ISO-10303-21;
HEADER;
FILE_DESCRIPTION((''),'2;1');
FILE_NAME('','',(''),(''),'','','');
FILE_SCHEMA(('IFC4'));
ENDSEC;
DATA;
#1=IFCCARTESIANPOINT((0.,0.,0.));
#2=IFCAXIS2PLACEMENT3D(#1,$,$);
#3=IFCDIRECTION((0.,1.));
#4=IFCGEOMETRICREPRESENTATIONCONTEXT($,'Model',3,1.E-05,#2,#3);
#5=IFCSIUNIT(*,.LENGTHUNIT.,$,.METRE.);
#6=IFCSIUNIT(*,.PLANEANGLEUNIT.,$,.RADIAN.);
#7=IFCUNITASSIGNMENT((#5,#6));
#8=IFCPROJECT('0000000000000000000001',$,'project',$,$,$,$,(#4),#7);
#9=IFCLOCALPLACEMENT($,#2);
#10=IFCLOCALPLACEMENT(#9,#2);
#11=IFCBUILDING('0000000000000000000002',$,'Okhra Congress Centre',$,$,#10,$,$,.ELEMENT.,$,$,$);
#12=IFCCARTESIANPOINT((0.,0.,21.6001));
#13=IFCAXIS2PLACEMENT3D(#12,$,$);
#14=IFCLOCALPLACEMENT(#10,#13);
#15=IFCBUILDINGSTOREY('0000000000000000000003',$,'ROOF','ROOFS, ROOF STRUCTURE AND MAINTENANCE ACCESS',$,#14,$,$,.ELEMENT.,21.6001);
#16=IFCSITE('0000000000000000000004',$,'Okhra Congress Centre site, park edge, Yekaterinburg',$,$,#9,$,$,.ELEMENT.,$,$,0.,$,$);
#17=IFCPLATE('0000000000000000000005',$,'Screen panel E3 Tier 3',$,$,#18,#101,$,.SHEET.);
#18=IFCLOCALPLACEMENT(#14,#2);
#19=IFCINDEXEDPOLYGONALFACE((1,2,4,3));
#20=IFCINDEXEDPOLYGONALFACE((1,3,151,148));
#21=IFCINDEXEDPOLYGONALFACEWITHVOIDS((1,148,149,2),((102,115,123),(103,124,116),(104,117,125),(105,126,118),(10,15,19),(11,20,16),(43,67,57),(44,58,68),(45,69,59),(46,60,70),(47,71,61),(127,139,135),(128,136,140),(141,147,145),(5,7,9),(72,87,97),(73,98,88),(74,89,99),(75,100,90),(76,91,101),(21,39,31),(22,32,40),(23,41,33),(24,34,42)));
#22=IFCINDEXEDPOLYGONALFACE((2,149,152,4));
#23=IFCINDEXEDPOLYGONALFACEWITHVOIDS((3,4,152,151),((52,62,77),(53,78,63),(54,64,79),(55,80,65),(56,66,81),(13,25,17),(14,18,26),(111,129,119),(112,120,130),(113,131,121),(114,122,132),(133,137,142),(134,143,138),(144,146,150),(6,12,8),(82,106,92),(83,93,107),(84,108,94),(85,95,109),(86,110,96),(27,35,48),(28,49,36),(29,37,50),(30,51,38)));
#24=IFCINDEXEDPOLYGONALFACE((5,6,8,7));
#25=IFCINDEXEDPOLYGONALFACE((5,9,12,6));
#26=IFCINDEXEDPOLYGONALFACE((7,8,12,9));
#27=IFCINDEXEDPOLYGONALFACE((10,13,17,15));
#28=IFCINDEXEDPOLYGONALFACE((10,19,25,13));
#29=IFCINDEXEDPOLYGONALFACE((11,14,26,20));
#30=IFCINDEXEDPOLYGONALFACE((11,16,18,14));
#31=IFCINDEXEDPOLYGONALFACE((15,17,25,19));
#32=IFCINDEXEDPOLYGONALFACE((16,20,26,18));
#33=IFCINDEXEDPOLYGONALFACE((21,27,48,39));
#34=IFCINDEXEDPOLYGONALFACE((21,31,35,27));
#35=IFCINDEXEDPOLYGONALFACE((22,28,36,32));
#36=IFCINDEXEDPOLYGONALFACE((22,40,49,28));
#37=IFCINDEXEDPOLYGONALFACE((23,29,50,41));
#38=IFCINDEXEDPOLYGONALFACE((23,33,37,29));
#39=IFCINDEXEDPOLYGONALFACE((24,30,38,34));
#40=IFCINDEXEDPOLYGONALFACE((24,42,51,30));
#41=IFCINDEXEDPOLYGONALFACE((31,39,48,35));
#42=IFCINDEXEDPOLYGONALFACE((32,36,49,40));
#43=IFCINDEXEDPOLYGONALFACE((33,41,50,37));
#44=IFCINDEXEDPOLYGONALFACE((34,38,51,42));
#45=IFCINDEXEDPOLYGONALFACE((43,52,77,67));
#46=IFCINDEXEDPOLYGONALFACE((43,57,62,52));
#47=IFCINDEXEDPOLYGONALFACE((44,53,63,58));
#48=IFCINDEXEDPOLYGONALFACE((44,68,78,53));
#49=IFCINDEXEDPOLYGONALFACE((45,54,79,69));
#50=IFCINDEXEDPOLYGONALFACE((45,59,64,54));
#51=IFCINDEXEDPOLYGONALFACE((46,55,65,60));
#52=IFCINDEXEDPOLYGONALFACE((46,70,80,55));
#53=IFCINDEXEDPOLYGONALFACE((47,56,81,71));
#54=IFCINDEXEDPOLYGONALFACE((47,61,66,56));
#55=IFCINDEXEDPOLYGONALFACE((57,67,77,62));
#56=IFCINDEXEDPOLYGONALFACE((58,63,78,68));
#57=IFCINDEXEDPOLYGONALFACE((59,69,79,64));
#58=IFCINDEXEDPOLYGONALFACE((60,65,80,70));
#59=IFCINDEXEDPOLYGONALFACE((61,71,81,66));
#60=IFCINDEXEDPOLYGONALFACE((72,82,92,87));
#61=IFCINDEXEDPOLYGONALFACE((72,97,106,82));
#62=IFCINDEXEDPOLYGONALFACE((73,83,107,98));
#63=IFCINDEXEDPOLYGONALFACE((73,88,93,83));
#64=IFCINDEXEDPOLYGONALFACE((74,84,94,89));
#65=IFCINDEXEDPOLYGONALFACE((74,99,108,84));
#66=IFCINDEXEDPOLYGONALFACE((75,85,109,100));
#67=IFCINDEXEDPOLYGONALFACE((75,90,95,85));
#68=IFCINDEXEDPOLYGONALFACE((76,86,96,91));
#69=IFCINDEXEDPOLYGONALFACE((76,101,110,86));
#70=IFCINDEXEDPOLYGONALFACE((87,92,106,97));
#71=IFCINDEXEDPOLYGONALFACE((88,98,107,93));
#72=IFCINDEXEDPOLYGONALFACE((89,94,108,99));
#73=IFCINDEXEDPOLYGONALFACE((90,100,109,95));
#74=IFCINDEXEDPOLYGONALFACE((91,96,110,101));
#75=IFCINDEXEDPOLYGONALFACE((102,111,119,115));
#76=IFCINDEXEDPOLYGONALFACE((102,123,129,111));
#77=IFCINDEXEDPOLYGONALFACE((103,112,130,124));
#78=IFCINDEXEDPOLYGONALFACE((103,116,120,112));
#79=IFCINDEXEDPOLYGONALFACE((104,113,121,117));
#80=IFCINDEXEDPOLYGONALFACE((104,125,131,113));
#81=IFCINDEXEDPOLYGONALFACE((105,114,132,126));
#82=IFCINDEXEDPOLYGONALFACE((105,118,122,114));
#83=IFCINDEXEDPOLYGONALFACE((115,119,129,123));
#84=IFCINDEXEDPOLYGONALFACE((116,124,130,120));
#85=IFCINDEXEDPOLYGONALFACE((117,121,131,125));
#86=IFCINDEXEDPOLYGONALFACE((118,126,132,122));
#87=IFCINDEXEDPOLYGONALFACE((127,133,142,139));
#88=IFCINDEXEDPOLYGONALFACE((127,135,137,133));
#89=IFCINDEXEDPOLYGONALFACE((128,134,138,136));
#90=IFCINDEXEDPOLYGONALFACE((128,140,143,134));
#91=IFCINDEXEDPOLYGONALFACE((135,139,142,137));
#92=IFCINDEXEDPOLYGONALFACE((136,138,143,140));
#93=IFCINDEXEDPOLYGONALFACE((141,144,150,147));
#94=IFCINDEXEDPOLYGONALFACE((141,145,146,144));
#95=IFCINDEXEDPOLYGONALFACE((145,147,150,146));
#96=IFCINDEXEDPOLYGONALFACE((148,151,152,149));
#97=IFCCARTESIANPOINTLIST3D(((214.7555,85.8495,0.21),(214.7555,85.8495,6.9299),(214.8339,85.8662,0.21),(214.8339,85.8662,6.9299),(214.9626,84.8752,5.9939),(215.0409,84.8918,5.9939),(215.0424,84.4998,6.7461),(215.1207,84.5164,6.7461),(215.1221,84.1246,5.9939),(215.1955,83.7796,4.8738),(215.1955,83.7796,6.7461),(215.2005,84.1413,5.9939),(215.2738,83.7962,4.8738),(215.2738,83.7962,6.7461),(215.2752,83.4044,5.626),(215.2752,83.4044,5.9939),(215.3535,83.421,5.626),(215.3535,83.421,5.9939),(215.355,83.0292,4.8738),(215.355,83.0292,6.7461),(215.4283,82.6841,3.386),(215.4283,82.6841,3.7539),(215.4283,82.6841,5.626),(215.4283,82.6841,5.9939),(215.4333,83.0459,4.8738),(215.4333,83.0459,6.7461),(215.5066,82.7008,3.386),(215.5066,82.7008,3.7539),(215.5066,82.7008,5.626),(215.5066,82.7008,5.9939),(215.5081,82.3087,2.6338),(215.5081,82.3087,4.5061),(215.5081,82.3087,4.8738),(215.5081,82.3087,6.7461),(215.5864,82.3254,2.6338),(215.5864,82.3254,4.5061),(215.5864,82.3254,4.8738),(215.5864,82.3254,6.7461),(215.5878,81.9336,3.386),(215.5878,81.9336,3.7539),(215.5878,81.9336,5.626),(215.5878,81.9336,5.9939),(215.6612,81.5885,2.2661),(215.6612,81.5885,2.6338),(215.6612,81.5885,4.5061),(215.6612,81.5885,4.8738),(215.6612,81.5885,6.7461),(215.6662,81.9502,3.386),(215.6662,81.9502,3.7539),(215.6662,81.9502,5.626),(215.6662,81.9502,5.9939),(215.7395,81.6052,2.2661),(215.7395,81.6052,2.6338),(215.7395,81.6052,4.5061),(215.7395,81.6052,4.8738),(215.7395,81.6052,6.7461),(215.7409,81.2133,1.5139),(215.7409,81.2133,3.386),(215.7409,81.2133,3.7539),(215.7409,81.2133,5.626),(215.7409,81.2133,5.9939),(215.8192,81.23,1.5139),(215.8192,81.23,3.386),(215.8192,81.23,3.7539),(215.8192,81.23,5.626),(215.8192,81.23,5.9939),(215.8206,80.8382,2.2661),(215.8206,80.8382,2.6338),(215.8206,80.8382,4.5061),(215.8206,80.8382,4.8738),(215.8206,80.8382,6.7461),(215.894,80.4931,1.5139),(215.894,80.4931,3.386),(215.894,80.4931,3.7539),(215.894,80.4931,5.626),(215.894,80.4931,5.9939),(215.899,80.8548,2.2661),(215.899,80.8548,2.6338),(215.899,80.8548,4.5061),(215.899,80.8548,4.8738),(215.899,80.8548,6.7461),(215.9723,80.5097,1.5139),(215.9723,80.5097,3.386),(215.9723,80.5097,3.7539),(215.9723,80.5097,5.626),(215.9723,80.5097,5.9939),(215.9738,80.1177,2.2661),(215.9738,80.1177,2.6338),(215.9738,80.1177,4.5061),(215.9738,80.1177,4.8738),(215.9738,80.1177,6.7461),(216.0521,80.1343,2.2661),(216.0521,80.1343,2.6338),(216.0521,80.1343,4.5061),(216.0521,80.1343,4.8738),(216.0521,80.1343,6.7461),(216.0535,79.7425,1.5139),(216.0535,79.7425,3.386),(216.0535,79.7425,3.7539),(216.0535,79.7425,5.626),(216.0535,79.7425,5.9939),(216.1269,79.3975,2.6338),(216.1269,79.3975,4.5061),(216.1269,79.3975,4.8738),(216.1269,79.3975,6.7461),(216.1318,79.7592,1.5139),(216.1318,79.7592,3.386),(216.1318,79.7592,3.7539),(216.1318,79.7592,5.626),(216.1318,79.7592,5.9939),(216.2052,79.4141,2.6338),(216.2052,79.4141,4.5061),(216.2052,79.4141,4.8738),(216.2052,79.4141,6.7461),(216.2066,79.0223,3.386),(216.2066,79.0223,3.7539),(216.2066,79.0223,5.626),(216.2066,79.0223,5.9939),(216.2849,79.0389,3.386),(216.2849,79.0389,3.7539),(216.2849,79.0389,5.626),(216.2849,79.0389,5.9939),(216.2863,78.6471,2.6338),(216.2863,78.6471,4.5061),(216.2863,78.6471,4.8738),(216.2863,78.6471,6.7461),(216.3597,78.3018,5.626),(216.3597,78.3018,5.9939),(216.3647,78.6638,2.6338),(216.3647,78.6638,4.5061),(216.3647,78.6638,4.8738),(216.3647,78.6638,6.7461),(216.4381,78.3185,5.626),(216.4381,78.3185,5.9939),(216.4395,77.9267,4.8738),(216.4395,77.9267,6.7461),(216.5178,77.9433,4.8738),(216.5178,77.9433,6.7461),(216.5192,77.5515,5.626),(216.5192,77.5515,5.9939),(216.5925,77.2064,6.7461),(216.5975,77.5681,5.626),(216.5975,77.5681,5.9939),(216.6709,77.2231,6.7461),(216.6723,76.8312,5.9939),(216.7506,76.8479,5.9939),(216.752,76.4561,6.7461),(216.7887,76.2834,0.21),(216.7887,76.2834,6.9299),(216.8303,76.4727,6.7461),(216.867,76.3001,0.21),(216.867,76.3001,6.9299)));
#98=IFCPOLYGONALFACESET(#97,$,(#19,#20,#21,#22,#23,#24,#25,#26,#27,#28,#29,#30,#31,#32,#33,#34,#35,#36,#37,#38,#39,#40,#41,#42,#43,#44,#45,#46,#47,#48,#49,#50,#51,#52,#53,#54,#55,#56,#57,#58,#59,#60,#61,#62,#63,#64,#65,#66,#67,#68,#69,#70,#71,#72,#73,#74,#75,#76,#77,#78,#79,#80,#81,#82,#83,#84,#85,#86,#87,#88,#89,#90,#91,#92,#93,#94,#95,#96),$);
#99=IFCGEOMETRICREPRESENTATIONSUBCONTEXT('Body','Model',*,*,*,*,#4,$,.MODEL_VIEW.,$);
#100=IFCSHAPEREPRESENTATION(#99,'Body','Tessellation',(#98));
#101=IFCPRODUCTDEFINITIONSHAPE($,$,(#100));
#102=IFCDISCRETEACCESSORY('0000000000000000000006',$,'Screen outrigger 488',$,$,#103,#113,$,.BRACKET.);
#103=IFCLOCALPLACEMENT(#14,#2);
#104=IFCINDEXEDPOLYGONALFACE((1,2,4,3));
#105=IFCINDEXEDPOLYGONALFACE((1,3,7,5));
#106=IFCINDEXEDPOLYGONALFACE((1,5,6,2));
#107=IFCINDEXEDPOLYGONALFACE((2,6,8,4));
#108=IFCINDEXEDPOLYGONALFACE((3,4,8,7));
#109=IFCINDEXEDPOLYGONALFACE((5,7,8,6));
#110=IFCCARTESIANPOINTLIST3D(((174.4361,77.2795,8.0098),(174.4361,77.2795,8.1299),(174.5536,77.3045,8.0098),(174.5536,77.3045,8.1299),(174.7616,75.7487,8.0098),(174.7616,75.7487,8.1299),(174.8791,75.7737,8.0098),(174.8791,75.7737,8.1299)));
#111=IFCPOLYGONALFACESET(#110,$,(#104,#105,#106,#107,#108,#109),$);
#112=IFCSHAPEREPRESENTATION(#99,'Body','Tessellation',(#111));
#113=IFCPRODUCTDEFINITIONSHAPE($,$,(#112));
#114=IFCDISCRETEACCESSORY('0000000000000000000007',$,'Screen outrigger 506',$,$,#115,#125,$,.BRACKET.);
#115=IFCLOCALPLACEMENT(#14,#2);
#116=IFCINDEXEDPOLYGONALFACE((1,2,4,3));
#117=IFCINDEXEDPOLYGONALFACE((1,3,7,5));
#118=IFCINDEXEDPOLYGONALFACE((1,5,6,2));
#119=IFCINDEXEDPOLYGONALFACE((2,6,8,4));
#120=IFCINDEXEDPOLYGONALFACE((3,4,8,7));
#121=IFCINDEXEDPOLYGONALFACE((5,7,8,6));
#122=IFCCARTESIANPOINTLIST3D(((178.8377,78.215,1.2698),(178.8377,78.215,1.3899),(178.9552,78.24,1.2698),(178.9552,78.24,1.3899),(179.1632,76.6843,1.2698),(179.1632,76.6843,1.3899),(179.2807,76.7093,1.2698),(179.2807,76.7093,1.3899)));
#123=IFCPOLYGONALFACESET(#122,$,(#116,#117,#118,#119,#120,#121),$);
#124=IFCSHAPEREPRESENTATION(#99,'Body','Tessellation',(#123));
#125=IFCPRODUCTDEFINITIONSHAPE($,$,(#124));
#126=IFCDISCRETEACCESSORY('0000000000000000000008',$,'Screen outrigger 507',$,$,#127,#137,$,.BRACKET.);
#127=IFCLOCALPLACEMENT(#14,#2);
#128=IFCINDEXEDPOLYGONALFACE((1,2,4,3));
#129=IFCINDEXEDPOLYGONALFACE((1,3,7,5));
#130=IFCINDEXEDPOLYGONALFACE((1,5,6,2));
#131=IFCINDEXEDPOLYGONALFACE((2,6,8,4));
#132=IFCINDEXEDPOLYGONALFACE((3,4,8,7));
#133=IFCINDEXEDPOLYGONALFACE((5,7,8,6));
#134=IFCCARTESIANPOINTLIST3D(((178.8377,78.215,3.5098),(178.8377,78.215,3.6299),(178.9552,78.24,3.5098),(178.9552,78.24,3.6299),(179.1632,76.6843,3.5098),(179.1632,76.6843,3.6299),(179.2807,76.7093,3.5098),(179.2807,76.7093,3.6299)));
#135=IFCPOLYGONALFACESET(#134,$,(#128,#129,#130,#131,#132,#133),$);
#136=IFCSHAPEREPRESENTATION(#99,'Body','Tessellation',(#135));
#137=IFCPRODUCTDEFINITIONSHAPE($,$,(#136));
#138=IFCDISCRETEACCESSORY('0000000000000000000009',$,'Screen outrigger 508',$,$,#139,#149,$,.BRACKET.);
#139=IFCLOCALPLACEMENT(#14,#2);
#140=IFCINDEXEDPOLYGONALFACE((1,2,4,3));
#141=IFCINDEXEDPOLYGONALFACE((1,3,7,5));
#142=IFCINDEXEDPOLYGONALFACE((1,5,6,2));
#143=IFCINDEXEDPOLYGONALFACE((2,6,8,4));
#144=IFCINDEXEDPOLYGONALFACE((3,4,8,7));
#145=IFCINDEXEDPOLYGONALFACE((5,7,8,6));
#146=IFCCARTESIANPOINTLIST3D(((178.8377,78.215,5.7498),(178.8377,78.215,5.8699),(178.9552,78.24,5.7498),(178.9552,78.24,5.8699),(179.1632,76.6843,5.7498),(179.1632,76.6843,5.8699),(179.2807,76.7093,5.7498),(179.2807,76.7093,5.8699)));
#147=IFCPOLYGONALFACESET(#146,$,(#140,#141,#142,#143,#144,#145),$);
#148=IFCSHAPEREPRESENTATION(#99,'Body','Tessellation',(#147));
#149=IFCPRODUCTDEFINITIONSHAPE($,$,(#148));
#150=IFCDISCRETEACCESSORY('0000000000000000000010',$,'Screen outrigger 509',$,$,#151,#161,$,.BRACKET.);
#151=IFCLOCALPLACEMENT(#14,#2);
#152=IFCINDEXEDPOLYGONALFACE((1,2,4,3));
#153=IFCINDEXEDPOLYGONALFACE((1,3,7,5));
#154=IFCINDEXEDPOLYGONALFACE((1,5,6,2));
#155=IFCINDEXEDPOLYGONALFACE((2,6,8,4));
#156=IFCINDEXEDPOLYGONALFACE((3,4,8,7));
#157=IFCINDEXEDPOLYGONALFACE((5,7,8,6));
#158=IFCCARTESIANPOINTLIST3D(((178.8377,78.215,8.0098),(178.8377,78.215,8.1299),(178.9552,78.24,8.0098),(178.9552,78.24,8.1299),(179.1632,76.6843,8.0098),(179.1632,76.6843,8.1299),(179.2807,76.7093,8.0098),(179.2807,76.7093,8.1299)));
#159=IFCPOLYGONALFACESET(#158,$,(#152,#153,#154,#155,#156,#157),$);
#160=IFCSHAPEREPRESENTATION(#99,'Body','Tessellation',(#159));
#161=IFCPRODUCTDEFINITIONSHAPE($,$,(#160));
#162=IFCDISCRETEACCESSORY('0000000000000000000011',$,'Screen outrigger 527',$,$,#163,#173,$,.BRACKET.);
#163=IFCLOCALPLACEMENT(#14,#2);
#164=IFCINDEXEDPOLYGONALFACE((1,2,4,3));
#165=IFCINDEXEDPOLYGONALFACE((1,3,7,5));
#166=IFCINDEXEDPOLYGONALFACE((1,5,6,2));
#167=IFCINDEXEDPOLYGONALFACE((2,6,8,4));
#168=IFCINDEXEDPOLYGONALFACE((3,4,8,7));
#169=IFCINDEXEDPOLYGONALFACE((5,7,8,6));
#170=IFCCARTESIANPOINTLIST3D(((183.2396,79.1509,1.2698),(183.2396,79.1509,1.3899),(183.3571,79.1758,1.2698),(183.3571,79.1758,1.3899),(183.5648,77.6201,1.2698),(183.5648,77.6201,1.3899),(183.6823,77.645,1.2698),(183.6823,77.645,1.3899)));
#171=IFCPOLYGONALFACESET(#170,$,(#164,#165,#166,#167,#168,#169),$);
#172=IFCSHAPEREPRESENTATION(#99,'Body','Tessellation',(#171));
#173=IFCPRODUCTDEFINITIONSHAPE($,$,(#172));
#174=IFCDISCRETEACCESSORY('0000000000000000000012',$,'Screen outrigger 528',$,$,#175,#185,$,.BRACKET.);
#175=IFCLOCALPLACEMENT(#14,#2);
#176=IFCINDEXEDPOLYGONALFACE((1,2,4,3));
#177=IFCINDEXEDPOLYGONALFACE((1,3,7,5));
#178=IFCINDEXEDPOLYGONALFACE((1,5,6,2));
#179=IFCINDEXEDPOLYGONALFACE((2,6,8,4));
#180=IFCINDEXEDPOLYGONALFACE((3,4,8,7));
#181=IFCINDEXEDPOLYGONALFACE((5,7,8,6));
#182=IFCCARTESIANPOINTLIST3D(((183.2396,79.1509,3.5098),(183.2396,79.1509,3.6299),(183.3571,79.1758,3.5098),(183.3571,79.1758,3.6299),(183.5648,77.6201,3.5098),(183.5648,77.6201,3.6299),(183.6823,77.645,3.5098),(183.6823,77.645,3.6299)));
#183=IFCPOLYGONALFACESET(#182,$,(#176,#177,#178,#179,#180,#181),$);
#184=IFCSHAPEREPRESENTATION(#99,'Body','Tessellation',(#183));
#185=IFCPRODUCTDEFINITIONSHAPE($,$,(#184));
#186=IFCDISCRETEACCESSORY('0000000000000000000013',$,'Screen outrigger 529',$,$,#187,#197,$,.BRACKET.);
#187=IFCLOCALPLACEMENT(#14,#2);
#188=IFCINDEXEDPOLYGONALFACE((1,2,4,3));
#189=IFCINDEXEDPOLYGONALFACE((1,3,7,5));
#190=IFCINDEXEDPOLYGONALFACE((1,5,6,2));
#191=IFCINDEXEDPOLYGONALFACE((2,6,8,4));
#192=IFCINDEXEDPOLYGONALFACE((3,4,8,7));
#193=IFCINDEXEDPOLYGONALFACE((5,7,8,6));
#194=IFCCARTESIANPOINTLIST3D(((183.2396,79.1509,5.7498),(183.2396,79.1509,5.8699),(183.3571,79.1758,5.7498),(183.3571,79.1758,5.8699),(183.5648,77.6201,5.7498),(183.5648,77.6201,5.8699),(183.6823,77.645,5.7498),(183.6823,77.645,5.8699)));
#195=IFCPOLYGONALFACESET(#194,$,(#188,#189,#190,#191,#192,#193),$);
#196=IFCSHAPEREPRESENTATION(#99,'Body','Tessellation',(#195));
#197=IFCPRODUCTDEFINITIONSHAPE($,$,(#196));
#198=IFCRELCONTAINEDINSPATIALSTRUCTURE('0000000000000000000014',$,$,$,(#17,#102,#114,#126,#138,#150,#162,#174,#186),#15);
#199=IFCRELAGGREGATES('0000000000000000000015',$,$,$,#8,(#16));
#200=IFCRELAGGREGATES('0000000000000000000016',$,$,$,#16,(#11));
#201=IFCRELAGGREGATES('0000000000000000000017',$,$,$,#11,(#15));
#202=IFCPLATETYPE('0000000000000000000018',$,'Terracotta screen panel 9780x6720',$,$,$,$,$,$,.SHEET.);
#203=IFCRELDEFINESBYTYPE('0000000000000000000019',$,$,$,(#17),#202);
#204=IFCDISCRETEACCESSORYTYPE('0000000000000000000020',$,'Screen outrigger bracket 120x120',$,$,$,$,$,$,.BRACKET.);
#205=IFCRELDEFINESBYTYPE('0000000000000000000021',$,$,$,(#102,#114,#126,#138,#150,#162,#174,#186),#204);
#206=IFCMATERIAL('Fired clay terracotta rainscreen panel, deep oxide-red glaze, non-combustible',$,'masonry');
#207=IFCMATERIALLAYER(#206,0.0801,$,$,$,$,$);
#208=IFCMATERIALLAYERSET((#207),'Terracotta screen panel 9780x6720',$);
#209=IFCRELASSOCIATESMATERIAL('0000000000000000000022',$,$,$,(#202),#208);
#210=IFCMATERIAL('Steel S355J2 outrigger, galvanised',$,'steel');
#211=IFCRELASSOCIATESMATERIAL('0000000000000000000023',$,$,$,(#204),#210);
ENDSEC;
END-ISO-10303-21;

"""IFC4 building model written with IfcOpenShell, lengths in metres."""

from ifc_helpers import new_model, si_unit, direction, frame, origin, origin_2d, place, context, subcontext, project, spatial, polyline, rectangle, outline, extrude, material, layer, layer_set, material_profile, profile_set, type_object, element, save


model = new_model("IFC4")

# Units and contexts
model_context = context("Model", 3, precision=1e-05, world=origin(), true_north=direction((0.0, 1.0)))
body_context = subcontext(model_context, "Body", "Model", "MODEL_VIEW")
ifc_project = project(units=[si_unit("LENGTHUNIT", "METRE"), si_unit("PLANEANGLEUNIT", "RADIAN")], contexts=[model_context])

# Site, building, storey
site_placement = place(None, origin())
site = spatial("IfcSite", under=ifc_project, at=site_placement, Name="Okhra Congress Centre site, park edge, Yekaterinburg", CompositionType="ELEMENT", RefElevation=0.0)
building_placement = place(site_placement, origin())
building = spatial("IfcBuilding", under=site, at=building_placement, Name="Okhra Congress Centre", CompositionType="ELEMENT")
storey_placement = place(building_placement, frame((0.0, 0.0, 21.6001)))
storey = spatial("IfcBuildingStorey", under=building, at=storey_placement, Name="ROOF", Description="ROOFS, ROOF STRUCTURE AND MAINTENANCE ACCESS", CompositionType="ELEMENT", Elevation=21.6001)

# Plate
ifc_material_1 = material(Name="Fired clay terracotta rainscreen panel, deep oxide-red glaze, non-combustible", Category="masonry")
ifc_layer_1 = layer(ifc_material_1, 0.0801)
ifc_layer_set_1 = layer_set([ifc_layer_1], Name="Terracotta screen panel 9780x6720")
plate_type_1 = type_object("IfcPlateType", Name="Terracotta screen panel 9780x6720", PredefinedType="SHEET", material=ifc_layer_set_1)
plate_1_placement = place(storey_placement, frame((216.8279, 76.2917, 0.21), z_axis=(0.0, 0.0, 1.0), x_axis=(-0.207897, 0.978151, 0.0)))
element("IfcPlate", 1, at=plate_1_placement, inside=storey, type_object=plate_type_1, Name="Screen panel E3 Tier 3", PredefinedType="SHEET", context=body_context, shape_type="SweptSolid", body=[
    extrude(outline(polyline([(0.0, 0.0), (9.7798, 0.0), (9.7798, 6.72), (0.0, 6.72), (0.0, 0.0)]), holes=[polyline([(3.5364, 1.304), (4.3037, 1.304), (3.9199, 2.0562), (3.5364, 1.304)]), polyline([(4.6565, 2.0562), (5.04, 1.304), (5.4236, 2.0562), (4.6565, 2.0562)]), polyline([(2.4165, 2.4238), (3.1836, 2.4238), (2.8, 3.176), (2.4165, 2.4238)]), polyline([(3.5364, 3.176), (3.9199, 2.4238), (4.3037, 3.176), (3.5364, 3.176)]), polyline([(4.6565, 2.4238), (5.4236, 2.4238), (5.04, 3.176), (4.6565, 2.4238)]), polyline([(5.7764, 3.176), (6.1599, 2.4238), (6.5437, 3.176), (5.7764, 3.176)]), polyline([(2.4165, 4.2961), (2.8, 3.5439), (3.1836, 4.2961), (2.4165, 4.2961)]), polyline([(3.5364, 3.5439), (4.3037, 3.5439), (3.9199, 4.2961), (3.5364, 3.5439)]), polyline([(4.6565, 4.2961), (5.04, 3.5439), (5.4236, 4.2961), (4.6565, 4.2961)]), polyline([(5.7764, 3.5439), (6.5437, 3.5439), (6.1599, 4.2961), (5.7764, 3.5439)]), polyline([(1.2964, 5.416), (1.6799, 4.6638), (2.0635, 5.416), (1.2964, 5.416)]), polyline([(2.4165, 4.6638), (3.1836, 4.6638), (2.8, 5.416), (2.4165, 4.6638)]), polyline([(3.5364, 5.416), (3.9199, 4.6638), (4.3037, 5.416), (3.5364, 5.416)]), polyline([(4.6565, 4.6638), (5.4236, 4.6638), (5.04, 5.416), (4.6565, 4.6638)]), polyline([(5.7764, 5.416), (6.1599, 4.6638), (6.5437, 5.416), (5.7764, 5.416)]), polyline([(6.8965, 4.6638), (7.6636, 4.6638), (7.28, 5.416), (6.8965, 4.6638)]), polyline([(0.1765, 6.5361), (0.5601, 5.7839), (0.9436, 6.5361), (0.1765, 6.5361)]), polyline([(1.2964, 5.7839), (2.0635, 5.7839), (1.6799, 6.5361), (1.2964, 5.7839)]), polyline([(2.4165, 6.5361), (2.8, 5.7839), (3.1836, 6.5361), (2.4165, 6.5361)]), polyline([(3.5364, 5.7839), (4.3037, 5.7839), (3.9199, 6.5361), (3.5364, 5.7839)]), polyline([(4.6565, 6.5361), (5.04, 5.7839), (5.4236, 6.5361), (4.6565, 6.5361)]), polyline([(5.7764, 5.7839), (6.5437, 5.7839), (6.1599, 6.5361), (5.7764, 5.7839)]), polyline([(6.8965, 6.5361), (7.28, 5.7839), (7.6636, 6.5361), (6.8965, 6.5361)]), polyline([(8.0164, 5.7839), (8.7837, 5.7839), (8.3999, 6.5361), (8.0164, 5.7839)])]), frame((0.0, 0.04, 0.0), z_axis=(0.0, -1.0, 0.0), x_axis=(1.0, 0.0, 0.0)), (0.0, 0.0, 1.0), 0.0801),
])

# Discrete accessories
ifc_material_2 = material(Name="Steel S355J2 outrigger, galvanised", Category="steel")
ifc_material_profile_1 = material_profile(ifc_material_2, rectangle(XDim=0.1201, YDim=0.1201, at=origin_2d()), Name="Screen outrigger bracket 120x120")
ifc_profile_set_1 = profile_set([ifc_material_profile_1], Name="Steel S355J2 outrigger, galvanised")
discrete_accessory_type = type_object("IfcDiscreteAccessoryType", Name="Screen outrigger bracket 120x120", PredefinedType="BRACKET", material=ifc_profile_set_1)
for number, where, z_axis, x_axis, name in (
    (2, (174.8203, 75.7612, 8.0698), (-0.207952, 0.978139, 0.0), (-0.978139, -0.207952, 0.0), "Screen outrigger 488"),
    (3, (179.2219, 76.6968, 1.3298), (-0.207952, 0.978139, 0.0), (-0.978139, -0.207952, 0.0), "Screen outrigger 506"),
    (4, (179.2219, 76.6968, 3.5698), (-0.207952, 0.978139, 0.0), (-0.978139, -0.207952, 0.0), "Screen outrigger 507"),
    (5, (179.2219, 76.6968, 5.8098), (-0.207952, 0.978139, 0.0), (-0.978139, -0.207952, 0.0), "Screen outrigger 508"),
    (6, (179.2219, 76.6968, 8.0698), (-0.207952, 0.978139, 0.0), (-0.978139, -0.207952, 0.0), "Screen outrigger 509"),
    (7, (183.6235, 77.6326, 1.3298), (-0.207803, 0.978171, 0.0), (-0.978171, -0.207803, 0.0), "Screen outrigger 527"),
    (8, (183.6235, 77.6326, 3.5698), (-0.207803, 0.978171, 0.0), (-0.978171, -0.207803, 0.0), "Screen outrigger 528"),
    (9, (183.6235, 77.6326, 5.8098), (-0.207803, 0.978171, 0.0), (-0.978171, -0.207803, 0.0), "Screen outrigger 529"),
):
    element("IfcDiscreteAccessory", number, at=place(storey_placement, frame(where, z_axis=z_axis, x_axis=x_axis)), inside=storey, type_object=discrete_accessory_type, Name=name, PredefinedType="BRACKET", context=body_context, shape_type="SweptSolid", body=[
        extrude(rectangle(XDim=0.1201, YDim=0.1201, at=origin_2d()), origin(), (0.0, 0.0, 1.0), 1.5649),
    ])

save(model, "model.ifc")
